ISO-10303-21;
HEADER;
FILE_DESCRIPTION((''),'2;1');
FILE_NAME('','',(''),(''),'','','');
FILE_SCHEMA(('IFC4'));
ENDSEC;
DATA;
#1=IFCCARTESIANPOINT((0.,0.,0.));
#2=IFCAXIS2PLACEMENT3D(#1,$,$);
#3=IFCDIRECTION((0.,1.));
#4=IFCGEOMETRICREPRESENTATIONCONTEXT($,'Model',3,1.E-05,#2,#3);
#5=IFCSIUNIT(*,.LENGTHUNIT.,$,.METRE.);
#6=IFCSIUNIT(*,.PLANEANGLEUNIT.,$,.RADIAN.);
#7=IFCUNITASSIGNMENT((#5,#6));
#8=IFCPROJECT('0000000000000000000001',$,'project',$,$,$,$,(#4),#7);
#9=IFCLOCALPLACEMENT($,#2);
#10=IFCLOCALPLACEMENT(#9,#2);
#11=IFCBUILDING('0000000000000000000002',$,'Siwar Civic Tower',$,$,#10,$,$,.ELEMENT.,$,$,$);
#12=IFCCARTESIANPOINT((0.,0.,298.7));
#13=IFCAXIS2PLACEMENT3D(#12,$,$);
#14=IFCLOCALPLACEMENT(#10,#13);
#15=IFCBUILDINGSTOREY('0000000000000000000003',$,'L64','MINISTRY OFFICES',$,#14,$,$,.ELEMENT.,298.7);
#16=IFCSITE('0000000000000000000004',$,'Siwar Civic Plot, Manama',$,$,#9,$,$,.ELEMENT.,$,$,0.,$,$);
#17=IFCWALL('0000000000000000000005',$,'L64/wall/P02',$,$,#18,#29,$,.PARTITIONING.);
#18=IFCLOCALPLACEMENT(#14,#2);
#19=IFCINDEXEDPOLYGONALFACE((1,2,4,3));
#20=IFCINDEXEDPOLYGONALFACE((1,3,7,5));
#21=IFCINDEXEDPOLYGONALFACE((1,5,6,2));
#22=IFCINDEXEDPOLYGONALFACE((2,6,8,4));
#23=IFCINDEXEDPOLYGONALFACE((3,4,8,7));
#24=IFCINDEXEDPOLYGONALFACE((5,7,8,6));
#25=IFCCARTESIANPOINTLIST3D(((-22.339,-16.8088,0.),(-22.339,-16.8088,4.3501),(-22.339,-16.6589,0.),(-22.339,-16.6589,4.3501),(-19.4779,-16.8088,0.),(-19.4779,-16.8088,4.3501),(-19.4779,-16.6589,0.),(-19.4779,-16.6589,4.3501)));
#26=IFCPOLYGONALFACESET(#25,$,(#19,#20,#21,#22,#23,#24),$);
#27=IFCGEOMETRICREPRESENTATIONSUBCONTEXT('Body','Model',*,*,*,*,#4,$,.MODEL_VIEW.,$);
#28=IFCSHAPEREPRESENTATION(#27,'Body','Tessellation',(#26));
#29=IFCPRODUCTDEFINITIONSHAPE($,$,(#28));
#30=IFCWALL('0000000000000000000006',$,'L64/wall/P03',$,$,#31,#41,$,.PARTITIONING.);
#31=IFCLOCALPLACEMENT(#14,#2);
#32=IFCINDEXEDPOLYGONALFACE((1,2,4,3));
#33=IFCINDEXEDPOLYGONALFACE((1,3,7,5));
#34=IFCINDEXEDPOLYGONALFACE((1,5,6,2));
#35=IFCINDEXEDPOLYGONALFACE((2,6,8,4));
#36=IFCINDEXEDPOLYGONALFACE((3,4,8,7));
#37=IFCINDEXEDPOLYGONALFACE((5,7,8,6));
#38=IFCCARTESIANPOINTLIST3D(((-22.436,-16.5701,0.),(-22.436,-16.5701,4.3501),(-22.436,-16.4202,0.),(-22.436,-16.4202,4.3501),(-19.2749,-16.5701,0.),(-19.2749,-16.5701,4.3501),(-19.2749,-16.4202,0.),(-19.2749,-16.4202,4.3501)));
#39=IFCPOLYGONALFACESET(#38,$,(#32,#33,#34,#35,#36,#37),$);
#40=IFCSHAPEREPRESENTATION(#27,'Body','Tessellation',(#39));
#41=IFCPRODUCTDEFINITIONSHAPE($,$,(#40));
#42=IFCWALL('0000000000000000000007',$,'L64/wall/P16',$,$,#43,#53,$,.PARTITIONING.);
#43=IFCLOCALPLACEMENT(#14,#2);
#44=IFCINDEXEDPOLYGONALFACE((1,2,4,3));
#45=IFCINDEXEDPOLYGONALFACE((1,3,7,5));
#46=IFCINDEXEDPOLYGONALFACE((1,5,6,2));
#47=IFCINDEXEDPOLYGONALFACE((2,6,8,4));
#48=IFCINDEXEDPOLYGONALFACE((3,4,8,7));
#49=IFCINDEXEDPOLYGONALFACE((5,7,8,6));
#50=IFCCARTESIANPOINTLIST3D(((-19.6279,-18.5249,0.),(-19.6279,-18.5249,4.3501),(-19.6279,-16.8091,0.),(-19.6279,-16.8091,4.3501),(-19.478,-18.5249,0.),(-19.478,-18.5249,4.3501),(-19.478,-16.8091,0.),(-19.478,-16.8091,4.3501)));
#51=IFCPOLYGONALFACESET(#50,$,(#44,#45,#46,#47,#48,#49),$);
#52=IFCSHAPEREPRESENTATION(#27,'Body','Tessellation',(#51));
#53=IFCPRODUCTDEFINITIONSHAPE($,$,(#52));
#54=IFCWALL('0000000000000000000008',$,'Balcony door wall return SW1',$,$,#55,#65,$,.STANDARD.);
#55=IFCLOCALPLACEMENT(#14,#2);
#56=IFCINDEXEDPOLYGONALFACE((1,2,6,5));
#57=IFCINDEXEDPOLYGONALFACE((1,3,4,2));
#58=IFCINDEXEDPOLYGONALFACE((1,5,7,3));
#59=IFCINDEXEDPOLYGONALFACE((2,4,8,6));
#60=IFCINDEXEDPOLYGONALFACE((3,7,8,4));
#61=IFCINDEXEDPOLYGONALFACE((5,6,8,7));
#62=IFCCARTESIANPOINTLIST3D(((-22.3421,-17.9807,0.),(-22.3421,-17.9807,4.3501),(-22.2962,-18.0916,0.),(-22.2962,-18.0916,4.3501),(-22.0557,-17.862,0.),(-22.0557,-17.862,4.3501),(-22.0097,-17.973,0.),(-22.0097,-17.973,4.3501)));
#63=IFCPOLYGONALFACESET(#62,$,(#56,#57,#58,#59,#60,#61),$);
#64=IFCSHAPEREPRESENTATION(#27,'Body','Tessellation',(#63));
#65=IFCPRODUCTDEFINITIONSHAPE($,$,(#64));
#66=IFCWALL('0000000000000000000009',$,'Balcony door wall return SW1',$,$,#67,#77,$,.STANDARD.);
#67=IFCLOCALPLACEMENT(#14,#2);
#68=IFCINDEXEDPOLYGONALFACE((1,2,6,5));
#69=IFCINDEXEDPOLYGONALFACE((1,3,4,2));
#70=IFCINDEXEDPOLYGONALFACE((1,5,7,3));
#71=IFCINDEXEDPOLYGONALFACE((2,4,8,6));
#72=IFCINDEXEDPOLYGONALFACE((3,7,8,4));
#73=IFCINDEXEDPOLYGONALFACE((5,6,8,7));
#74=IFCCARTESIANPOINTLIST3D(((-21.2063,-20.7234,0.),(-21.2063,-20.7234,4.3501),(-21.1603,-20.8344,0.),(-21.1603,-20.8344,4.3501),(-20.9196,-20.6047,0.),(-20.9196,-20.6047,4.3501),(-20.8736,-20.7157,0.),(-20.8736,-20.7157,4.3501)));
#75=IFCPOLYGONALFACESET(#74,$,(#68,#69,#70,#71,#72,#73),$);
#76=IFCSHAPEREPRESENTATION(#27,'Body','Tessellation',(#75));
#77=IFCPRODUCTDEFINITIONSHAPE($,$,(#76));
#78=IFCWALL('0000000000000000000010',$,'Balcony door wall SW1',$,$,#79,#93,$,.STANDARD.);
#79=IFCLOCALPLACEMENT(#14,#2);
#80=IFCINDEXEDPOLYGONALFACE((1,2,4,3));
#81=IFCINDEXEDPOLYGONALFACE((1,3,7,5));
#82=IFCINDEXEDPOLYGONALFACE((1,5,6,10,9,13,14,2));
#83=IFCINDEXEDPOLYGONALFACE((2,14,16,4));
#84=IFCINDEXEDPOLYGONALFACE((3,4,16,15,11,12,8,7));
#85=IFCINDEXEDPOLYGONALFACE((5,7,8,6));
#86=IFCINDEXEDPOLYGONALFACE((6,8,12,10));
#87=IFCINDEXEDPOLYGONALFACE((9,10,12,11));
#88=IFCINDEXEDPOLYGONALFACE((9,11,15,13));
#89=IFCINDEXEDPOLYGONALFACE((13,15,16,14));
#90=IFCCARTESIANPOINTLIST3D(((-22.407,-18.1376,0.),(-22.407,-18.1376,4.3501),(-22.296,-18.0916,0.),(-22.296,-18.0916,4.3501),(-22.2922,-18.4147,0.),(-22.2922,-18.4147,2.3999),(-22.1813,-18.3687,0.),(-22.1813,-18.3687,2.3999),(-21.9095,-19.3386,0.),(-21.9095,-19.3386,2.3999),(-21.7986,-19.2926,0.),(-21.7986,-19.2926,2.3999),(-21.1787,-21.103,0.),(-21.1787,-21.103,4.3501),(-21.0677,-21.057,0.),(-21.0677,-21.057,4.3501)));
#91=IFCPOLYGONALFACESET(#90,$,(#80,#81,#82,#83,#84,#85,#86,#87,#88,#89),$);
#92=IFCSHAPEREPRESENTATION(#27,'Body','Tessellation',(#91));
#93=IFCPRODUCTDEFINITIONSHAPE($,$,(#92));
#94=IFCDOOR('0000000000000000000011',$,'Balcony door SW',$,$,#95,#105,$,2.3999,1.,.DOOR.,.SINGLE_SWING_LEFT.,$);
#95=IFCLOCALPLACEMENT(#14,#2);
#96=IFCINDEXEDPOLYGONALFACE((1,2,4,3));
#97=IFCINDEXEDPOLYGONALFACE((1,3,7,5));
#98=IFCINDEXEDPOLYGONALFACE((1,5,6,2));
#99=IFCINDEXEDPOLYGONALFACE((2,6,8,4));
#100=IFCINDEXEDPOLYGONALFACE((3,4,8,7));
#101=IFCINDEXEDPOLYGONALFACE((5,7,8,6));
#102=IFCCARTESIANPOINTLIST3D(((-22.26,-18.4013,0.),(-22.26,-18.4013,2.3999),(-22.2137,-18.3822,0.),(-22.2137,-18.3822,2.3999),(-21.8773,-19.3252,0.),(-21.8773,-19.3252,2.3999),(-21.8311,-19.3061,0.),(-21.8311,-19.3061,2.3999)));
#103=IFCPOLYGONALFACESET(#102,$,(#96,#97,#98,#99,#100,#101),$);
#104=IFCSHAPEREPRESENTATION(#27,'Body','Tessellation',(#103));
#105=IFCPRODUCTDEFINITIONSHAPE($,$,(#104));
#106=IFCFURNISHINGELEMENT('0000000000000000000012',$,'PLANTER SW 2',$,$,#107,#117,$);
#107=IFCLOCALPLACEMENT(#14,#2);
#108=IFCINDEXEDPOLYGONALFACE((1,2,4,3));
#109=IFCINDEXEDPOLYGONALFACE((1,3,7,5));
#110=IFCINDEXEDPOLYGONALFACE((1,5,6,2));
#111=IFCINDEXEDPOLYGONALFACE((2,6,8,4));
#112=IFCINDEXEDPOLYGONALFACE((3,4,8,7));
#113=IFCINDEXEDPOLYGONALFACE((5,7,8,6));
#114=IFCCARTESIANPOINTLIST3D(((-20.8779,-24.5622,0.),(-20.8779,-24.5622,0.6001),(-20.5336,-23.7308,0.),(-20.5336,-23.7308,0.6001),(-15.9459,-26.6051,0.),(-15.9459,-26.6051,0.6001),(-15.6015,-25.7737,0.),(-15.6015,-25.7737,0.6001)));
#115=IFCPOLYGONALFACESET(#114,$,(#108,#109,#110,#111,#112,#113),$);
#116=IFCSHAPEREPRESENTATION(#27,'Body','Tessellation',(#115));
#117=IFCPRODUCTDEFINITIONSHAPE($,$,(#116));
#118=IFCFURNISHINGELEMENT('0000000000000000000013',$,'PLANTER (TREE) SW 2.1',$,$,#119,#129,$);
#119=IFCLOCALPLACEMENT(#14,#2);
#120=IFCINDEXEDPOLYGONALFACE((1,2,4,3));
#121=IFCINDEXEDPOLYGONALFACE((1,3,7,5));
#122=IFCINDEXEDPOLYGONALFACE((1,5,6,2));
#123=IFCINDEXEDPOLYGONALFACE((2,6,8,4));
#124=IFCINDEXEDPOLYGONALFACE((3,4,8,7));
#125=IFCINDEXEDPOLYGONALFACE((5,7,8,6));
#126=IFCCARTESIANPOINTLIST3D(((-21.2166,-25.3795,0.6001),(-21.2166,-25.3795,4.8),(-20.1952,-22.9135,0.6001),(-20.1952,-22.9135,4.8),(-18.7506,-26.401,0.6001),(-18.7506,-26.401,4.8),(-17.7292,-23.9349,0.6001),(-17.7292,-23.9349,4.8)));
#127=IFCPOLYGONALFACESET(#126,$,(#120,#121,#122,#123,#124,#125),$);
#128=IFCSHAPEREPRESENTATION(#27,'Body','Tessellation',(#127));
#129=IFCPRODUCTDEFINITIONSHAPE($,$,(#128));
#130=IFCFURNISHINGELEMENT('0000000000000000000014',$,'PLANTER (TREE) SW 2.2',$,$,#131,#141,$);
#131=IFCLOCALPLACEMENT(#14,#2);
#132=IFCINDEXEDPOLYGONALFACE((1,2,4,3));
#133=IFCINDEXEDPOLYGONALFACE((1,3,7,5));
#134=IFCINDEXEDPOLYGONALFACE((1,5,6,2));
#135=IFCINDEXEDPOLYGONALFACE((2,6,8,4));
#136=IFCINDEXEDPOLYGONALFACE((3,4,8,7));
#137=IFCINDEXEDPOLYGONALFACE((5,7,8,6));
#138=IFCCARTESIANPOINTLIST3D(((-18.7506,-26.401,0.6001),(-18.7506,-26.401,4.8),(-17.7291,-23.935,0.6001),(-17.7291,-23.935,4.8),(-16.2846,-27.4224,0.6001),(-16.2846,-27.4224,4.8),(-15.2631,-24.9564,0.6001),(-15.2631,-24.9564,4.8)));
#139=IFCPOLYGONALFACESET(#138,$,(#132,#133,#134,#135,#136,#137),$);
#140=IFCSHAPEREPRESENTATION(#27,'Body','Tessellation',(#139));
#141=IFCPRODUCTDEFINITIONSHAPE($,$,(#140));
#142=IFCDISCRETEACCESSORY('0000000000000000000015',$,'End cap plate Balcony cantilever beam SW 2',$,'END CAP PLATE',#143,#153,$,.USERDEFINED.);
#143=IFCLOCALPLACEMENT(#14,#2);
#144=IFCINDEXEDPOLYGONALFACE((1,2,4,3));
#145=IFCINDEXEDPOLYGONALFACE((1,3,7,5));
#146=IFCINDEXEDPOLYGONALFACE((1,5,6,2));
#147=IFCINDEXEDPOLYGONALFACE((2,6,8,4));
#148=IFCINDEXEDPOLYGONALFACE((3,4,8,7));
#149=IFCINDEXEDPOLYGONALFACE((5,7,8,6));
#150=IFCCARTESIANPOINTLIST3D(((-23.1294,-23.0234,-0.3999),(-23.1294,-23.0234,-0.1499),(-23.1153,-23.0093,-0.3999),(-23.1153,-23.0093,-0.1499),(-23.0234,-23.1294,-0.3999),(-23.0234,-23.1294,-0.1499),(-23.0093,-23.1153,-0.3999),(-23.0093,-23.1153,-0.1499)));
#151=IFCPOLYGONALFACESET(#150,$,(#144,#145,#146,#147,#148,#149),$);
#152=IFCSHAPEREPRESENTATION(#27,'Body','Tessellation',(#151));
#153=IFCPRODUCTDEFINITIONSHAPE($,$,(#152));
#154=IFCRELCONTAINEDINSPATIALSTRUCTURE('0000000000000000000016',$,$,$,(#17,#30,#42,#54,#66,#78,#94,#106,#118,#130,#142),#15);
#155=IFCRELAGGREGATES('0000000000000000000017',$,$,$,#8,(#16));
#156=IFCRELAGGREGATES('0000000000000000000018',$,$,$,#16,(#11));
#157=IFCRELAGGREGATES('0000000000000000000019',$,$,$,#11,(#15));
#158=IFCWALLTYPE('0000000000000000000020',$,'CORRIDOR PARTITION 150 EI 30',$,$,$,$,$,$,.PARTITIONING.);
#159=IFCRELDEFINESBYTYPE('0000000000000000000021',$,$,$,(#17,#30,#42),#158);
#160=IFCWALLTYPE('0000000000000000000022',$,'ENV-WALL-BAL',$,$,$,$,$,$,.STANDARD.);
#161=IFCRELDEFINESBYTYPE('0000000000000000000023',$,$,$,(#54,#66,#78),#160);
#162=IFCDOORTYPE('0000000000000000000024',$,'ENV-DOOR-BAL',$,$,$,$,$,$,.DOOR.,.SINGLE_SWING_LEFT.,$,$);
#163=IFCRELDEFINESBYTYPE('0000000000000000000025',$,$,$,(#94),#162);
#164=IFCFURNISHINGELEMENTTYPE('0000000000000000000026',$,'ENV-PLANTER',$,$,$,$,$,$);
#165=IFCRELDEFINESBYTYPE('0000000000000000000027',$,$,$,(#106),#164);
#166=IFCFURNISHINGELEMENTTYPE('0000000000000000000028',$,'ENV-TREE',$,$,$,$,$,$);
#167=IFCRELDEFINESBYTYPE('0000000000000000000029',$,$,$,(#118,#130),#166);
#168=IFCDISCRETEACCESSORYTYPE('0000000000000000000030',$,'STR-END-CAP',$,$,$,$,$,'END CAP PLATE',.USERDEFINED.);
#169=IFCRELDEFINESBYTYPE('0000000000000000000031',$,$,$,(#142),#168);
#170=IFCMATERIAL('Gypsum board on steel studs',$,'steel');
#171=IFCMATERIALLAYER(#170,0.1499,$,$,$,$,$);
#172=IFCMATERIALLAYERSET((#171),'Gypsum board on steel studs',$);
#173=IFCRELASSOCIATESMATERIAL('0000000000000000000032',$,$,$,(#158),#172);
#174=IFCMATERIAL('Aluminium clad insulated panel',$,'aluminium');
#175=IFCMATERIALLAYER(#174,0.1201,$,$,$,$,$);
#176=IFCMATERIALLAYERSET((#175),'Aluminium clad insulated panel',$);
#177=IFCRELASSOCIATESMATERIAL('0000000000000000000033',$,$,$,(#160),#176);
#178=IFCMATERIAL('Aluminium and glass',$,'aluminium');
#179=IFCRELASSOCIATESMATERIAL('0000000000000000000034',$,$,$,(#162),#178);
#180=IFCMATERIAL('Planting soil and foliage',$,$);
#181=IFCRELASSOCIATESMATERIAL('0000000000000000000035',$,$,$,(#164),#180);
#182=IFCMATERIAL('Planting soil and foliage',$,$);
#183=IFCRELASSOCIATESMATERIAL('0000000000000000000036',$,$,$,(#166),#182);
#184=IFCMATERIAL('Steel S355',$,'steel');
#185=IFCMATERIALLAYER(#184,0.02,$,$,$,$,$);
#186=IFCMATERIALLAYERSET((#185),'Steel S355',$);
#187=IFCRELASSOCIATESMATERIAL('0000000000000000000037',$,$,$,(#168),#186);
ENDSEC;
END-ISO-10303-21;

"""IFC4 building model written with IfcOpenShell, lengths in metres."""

from ifc_helpers import new_model, si_unit, direction, frame, frame_2d, origin, origin_2d, place, context, subcontext, project, spatial, rectangle, extrude, material, layer, layer_set, type_object, element, fill, save


model = new_model("IFC4")

# Units and contexts
model_context = context("Model", 3, precision=1e-05, world=origin(), true_north=direction((0.0, 1.0)))
body_context = subcontext(model_context, "Body", "Model", "MODEL_VIEW")
ifc_project = project(units=[si_unit("LENGTHUNIT", "METRE"), si_unit("PLANEANGLEUNIT", "RADIAN")], contexts=[model_context])

# Site, building, storey
site_placement = place(None, origin())
site = spatial("IfcSite", under=ifc_project, at=site_placement, Name="Siwar Civic Plot, Manama", CompositionType="ELEMENT", RefElevation=0.0)
building_placement = place(site_placement, origin())
building = spatial("IfcBuilding", under=site, at=building_placement, Name="Siwar Civic Tower", CompositionType="ELEMENT")
storey_placement = place(building_placement, frame((0.0, 0.0, 298.7)))
storey = spatial("IfcBuildingStorey", under=building, at=storey_placement, Name="L64", Description="MINISTRY OFFICES", CompositionType="ELEMENT", Elevation=298.7)

# Shared definitions
ifc_material_1 = material(Name="Gypsum board on steel studs", Category="steel")
ifc_layer_1 = layer(ifc_material_1, 0.1499)
ifc_layer_set_1 = layer_set([ifc_layer_1], Name="Gypsum board on steel studs")
wall_type_1 = type_object("IfcWallType", Name="CORRIDOR PARTITION 150 EI 30", PredefinedType="PARTITIONING", material=ifc_layer_set_1)

# Walls
wall_1_placement = place(storey_placement, frame((-22.3391, -16.7339, 0.0), z_axis=(0.0, 0.0, 1.0), x_axis=(1.0, 0.0, 0.0)))
element("IfcWall", 1, at=wall_1_placement, inside=storey, type_object=wall_type_1, Name="L64/wall/P02", PredefinedType="PARTITIONING", context=body_context, shape_type="SweptSolid", body=[
    extrude(rectangle(XDim=2.8611, YDim=0.1499, at=frame_2d((1.4307, 0.0))), origin(), (0.0, 0.0, 1.0), 4.3501),
])
wall_2_placement = place(storey_placement, frame((-22.436, -16.4951, 0.0), z_axis=(0.0, 0.0, 1.0), x_axis=(1.0, 0.0, 0.0)))
element("IfcWall", 2, at=wall_2_placement, inside=storey, type_object=wall_type_1, Name="L64/wall/P03", PredefinedType="PARTITIONING", context=body_context, shape_type="SweptSolid", body=[
    extrude(rectangle(XDim=3.1611, YDim=0.1499, at=frame_2d((1.5806, 0.0))), origin(), (0.0, 0.0, 1.0), 4.3501),
])
wall_3_placement = place(storey_placement, frame((-19.553, -18.5249, 0.0), z_axis=(0.0, 0.0, 1.0), x_axis=(0.0, 1.0, 0.0)))
element("IfcWall", 3, at=wall_3_placement, inside=storey, type_object=wall_type_1, Name="L64/wall/P16", PredefinedType="PARTITIONING", context=body_context, shape_type="SweptSolid", body=[
    extrude(rectangle(XDim=1.7158, YDim=0.1499, at=frame_2d((0.8579, 0.0))), origin(), (0.0, 0.0, 1.0), 4.3501),
])
ifc_material_2 = material(Name="Aluminium clad insulated panel", Category="aluminium")
ifc_layer_2 = layer(ifc_material_2, 0.1201)
ifc_layer_set_2 = layer_set([ifc_layer_2], Name="Aluminium clad insulated panel")
wall_type_2 = type_object("IfcWallType", Name="ENV-WALL-BAL", PredefinedType="STANDARD", material=ifc_layer_set_2)
wall_4_placement = place(storey_placement, frame((-22.0327, -17.9175, 0.0), z_axis=(0.0, 0.0, 1.0), x_axis=(-0.923844, -0.382769, 0.0)))
element("IfcWall", 4, at=wall_4_placement, inside=storey, type_object=wall_type_2, Name="Balcony door wall return SW1", PredefinedType="STANDARD", context=body_context, shape_type="SweptSolid", body=[
    extrude(rectangle(XDim=0.3101, YDim=0.1201, at=frame_2d((0.155, 0.0))), origin(), (0.0, 0.0, 1.0), 4.3501),
])
wall_5_placement = place(storey_placement, frame((-20.8965, -20.6602, 0.0), z_axis=(0.0, 0.0, 1.0), x_axis=(-0.923959, -0.382491, 0.0)))
element("IfcWall", 5, at=wall_5_placement, inside=storey, type_object=wall_type_2, Name="Balcony door wall return SW1", PredefinedType="STANDARD", context=body_context, shape_type="SweptSolid", body=[
    extrude(rectangle(XDim=0.3103, YDim=0.1201, at=frame_2d((0.1553, 0.0))), origin(), (0.0, 0.0, 1.0), 4.3501),
])

# Wall, opening, door
wall_6_placement = place(storey_placement, frame((-22.3516, -18.1145, 0.0), z_axis=(0.0, 0.0, 1.0), x_axis=(0.382681, -0.923881, 0.0)))
wall_6 = element("IfcWall", 6, at=wall_6_placement, inside=storey, type_object=wall_type_2, Name="Balcony door wall SW1", PredefinedType="STANDARD", context=body_context, shape_type="SweptSolid", body=[
    extrude(rectangle(XDim=3.2097, YDim=0.1201, at=frame_2d((1.605, 0.0))), origin(), (0.0, 0.0, 1.0), 4.3501),
])
opening_1_placement = place(wall_6_placement, frame((0.3, 0.0, 0.0)))
opening_1 = element("IfcOpeningElement", 7, at=opening_1_placement, cuts=wall_6, PredefinedType="OPENING", context=body_context, shape_type="SweptSolid", body=[
    extrude(rectangle(XDim=1.0, YDim=2.3999, at=frame_2d((0.5, 1.2))), frame((0.0, 0.0701, 0.0), z_axis=(0.0, -1.0, 0.0), x_axis=(1.0, 0.0, 0.0)), (0.0, 0.0, 1.0), 0.1401),
])
ifc_material_3 = material(Name="Aluminium and glass", Category="aluminium")
door_type_1 = type_object("IfcDoorType", Name="ENV-DOOR-BAL", OperationType="SINGLE_SWING_LEFT", PredefinedType="DOOR", material=ifc_material_3)
door_1_placement = place(opening_1_placement, origin())
door_1 = element("IfcDoor", 8, at=door_1_placement, inside=storey, type_object=door_type_1, Name="Balcony door SW", OperationType="SINGLE_SWING_LEFT", OverallHeight=2.3999, OverallWidth=1.0, PredefinedType="DOOR", context=body_context, shape_type="SweptSolid", body=[
    extrude(rectangle(XDim=1.0, YDim=2.3999, at=frame_2d((0.5, 1.2))), frame((0.0, 0.0249, 0.0), z_axis=(0.0, -1.0, 0.0), x_axis=(1.0, 0.0, 0.0)), (0.0, 0.0, 1.0), 0.05),
])
fill(opening_1, door_1)

# Furnishing elements
ifc_material_4 = material(Name="Planting soil and foliage")
furnishing_element_type_1 = type_object("IfcFurnishingElementType", Name="ENV-PLANTER", material=ifc_material_4)
furnishing_placement = place(storey_placement, frame((-18.2397, -25.168, 0.0), z_axis=(0.0, 0.0, 1.0), x_axis=(0.92388, -0.382683, 0.0)))
element("IfcFurnishingElement", 9, at=furnishing_placement, inside=storey, type_object=furnishing_element_type_1, Name="PLANTER SW 2", context=body_context, shape_type="SweptSolid", body=[
    extrude(rectangle(XDim=5.3384, YDim=0.8999, at=origin_2d()), origin(), (0.0, 0.0, 1.0), 0.6001),
])
ifc_material_5 = material(Name="Planting soil and foliage")
furnishing_element_type_2 = type_object("IfcFurnishingElementType", Name="ENV-TREE", material=ifc_material_5)
for number, where, z_axis, x_axis, name in (
    (10, (-19.4729, -24.6572, 0.6001), (0.0, 0.0, 1.0), (0.92388, -0.382683, 0.0), "PLANTER (TREE) SW 2.1"),
    (11, (-17.0068, -25.6787, 0.6001), (0.0, 0.0, 1.0), (0.92388, -0.382683, 0.0), "PLANTER (TREE) SW 2.2"),
):
    element("IfcFurnishingElement", number, at=place(storey_placement, frame(where, z_axis=z_axis, x_axis=x_axis)), inside=storey, type_object=furnishing_element_type_2, Name=name, context=body_context, shape_type="SweptSolid", body=[
        extrude(rectangle(XDim=2.6692, YDim=2.6692, at=origin_2d()), origin(), (0.0, 0.0, 1.0), 4.2),
    ])

# Discrete accessory
ifc_material_6 = material(Name="Steel S355", Category="steel")
ifc_layer_3 = layer(ifc_material_6, 0.02)
ifc_layer_set_3 = layer_set([ifc_layer_3], Name="Steel S355")
discrete_accessory_type = type_object("IfcDiscreteAccessoryType", Name="STR-END-CAP", ElementType="END CAP PLATE", PredefinedType="USERDEFINED", material=ifc_layer_set_3)
discrete_accessory_placement = place(storey_placement, frame((-23.0693, -23.0693, -0.3999), z_axis=(0.0, 0.0, 1.0), x_axis=(-0.707107, -0.707107, 0.0)))
element("IfcDiscreteAccessory", 12, at=discrete_accessory_placement, inside=storey, type_object=discrete_accessory_type, Name="End cap plate Balcony cantilever beam SW 2", ObjectType="END CAP PLATE", PredefinedType="USERDEFINED", context=body_context, shape_type="SweptSolid", body=[
    extrude(rectangle(XDim=0.02, YDim=0.1499, at=origin_2d()), origin(), (0.0, 0.0, 1.0), 0.25),
])

save(model, "model.ifc")
